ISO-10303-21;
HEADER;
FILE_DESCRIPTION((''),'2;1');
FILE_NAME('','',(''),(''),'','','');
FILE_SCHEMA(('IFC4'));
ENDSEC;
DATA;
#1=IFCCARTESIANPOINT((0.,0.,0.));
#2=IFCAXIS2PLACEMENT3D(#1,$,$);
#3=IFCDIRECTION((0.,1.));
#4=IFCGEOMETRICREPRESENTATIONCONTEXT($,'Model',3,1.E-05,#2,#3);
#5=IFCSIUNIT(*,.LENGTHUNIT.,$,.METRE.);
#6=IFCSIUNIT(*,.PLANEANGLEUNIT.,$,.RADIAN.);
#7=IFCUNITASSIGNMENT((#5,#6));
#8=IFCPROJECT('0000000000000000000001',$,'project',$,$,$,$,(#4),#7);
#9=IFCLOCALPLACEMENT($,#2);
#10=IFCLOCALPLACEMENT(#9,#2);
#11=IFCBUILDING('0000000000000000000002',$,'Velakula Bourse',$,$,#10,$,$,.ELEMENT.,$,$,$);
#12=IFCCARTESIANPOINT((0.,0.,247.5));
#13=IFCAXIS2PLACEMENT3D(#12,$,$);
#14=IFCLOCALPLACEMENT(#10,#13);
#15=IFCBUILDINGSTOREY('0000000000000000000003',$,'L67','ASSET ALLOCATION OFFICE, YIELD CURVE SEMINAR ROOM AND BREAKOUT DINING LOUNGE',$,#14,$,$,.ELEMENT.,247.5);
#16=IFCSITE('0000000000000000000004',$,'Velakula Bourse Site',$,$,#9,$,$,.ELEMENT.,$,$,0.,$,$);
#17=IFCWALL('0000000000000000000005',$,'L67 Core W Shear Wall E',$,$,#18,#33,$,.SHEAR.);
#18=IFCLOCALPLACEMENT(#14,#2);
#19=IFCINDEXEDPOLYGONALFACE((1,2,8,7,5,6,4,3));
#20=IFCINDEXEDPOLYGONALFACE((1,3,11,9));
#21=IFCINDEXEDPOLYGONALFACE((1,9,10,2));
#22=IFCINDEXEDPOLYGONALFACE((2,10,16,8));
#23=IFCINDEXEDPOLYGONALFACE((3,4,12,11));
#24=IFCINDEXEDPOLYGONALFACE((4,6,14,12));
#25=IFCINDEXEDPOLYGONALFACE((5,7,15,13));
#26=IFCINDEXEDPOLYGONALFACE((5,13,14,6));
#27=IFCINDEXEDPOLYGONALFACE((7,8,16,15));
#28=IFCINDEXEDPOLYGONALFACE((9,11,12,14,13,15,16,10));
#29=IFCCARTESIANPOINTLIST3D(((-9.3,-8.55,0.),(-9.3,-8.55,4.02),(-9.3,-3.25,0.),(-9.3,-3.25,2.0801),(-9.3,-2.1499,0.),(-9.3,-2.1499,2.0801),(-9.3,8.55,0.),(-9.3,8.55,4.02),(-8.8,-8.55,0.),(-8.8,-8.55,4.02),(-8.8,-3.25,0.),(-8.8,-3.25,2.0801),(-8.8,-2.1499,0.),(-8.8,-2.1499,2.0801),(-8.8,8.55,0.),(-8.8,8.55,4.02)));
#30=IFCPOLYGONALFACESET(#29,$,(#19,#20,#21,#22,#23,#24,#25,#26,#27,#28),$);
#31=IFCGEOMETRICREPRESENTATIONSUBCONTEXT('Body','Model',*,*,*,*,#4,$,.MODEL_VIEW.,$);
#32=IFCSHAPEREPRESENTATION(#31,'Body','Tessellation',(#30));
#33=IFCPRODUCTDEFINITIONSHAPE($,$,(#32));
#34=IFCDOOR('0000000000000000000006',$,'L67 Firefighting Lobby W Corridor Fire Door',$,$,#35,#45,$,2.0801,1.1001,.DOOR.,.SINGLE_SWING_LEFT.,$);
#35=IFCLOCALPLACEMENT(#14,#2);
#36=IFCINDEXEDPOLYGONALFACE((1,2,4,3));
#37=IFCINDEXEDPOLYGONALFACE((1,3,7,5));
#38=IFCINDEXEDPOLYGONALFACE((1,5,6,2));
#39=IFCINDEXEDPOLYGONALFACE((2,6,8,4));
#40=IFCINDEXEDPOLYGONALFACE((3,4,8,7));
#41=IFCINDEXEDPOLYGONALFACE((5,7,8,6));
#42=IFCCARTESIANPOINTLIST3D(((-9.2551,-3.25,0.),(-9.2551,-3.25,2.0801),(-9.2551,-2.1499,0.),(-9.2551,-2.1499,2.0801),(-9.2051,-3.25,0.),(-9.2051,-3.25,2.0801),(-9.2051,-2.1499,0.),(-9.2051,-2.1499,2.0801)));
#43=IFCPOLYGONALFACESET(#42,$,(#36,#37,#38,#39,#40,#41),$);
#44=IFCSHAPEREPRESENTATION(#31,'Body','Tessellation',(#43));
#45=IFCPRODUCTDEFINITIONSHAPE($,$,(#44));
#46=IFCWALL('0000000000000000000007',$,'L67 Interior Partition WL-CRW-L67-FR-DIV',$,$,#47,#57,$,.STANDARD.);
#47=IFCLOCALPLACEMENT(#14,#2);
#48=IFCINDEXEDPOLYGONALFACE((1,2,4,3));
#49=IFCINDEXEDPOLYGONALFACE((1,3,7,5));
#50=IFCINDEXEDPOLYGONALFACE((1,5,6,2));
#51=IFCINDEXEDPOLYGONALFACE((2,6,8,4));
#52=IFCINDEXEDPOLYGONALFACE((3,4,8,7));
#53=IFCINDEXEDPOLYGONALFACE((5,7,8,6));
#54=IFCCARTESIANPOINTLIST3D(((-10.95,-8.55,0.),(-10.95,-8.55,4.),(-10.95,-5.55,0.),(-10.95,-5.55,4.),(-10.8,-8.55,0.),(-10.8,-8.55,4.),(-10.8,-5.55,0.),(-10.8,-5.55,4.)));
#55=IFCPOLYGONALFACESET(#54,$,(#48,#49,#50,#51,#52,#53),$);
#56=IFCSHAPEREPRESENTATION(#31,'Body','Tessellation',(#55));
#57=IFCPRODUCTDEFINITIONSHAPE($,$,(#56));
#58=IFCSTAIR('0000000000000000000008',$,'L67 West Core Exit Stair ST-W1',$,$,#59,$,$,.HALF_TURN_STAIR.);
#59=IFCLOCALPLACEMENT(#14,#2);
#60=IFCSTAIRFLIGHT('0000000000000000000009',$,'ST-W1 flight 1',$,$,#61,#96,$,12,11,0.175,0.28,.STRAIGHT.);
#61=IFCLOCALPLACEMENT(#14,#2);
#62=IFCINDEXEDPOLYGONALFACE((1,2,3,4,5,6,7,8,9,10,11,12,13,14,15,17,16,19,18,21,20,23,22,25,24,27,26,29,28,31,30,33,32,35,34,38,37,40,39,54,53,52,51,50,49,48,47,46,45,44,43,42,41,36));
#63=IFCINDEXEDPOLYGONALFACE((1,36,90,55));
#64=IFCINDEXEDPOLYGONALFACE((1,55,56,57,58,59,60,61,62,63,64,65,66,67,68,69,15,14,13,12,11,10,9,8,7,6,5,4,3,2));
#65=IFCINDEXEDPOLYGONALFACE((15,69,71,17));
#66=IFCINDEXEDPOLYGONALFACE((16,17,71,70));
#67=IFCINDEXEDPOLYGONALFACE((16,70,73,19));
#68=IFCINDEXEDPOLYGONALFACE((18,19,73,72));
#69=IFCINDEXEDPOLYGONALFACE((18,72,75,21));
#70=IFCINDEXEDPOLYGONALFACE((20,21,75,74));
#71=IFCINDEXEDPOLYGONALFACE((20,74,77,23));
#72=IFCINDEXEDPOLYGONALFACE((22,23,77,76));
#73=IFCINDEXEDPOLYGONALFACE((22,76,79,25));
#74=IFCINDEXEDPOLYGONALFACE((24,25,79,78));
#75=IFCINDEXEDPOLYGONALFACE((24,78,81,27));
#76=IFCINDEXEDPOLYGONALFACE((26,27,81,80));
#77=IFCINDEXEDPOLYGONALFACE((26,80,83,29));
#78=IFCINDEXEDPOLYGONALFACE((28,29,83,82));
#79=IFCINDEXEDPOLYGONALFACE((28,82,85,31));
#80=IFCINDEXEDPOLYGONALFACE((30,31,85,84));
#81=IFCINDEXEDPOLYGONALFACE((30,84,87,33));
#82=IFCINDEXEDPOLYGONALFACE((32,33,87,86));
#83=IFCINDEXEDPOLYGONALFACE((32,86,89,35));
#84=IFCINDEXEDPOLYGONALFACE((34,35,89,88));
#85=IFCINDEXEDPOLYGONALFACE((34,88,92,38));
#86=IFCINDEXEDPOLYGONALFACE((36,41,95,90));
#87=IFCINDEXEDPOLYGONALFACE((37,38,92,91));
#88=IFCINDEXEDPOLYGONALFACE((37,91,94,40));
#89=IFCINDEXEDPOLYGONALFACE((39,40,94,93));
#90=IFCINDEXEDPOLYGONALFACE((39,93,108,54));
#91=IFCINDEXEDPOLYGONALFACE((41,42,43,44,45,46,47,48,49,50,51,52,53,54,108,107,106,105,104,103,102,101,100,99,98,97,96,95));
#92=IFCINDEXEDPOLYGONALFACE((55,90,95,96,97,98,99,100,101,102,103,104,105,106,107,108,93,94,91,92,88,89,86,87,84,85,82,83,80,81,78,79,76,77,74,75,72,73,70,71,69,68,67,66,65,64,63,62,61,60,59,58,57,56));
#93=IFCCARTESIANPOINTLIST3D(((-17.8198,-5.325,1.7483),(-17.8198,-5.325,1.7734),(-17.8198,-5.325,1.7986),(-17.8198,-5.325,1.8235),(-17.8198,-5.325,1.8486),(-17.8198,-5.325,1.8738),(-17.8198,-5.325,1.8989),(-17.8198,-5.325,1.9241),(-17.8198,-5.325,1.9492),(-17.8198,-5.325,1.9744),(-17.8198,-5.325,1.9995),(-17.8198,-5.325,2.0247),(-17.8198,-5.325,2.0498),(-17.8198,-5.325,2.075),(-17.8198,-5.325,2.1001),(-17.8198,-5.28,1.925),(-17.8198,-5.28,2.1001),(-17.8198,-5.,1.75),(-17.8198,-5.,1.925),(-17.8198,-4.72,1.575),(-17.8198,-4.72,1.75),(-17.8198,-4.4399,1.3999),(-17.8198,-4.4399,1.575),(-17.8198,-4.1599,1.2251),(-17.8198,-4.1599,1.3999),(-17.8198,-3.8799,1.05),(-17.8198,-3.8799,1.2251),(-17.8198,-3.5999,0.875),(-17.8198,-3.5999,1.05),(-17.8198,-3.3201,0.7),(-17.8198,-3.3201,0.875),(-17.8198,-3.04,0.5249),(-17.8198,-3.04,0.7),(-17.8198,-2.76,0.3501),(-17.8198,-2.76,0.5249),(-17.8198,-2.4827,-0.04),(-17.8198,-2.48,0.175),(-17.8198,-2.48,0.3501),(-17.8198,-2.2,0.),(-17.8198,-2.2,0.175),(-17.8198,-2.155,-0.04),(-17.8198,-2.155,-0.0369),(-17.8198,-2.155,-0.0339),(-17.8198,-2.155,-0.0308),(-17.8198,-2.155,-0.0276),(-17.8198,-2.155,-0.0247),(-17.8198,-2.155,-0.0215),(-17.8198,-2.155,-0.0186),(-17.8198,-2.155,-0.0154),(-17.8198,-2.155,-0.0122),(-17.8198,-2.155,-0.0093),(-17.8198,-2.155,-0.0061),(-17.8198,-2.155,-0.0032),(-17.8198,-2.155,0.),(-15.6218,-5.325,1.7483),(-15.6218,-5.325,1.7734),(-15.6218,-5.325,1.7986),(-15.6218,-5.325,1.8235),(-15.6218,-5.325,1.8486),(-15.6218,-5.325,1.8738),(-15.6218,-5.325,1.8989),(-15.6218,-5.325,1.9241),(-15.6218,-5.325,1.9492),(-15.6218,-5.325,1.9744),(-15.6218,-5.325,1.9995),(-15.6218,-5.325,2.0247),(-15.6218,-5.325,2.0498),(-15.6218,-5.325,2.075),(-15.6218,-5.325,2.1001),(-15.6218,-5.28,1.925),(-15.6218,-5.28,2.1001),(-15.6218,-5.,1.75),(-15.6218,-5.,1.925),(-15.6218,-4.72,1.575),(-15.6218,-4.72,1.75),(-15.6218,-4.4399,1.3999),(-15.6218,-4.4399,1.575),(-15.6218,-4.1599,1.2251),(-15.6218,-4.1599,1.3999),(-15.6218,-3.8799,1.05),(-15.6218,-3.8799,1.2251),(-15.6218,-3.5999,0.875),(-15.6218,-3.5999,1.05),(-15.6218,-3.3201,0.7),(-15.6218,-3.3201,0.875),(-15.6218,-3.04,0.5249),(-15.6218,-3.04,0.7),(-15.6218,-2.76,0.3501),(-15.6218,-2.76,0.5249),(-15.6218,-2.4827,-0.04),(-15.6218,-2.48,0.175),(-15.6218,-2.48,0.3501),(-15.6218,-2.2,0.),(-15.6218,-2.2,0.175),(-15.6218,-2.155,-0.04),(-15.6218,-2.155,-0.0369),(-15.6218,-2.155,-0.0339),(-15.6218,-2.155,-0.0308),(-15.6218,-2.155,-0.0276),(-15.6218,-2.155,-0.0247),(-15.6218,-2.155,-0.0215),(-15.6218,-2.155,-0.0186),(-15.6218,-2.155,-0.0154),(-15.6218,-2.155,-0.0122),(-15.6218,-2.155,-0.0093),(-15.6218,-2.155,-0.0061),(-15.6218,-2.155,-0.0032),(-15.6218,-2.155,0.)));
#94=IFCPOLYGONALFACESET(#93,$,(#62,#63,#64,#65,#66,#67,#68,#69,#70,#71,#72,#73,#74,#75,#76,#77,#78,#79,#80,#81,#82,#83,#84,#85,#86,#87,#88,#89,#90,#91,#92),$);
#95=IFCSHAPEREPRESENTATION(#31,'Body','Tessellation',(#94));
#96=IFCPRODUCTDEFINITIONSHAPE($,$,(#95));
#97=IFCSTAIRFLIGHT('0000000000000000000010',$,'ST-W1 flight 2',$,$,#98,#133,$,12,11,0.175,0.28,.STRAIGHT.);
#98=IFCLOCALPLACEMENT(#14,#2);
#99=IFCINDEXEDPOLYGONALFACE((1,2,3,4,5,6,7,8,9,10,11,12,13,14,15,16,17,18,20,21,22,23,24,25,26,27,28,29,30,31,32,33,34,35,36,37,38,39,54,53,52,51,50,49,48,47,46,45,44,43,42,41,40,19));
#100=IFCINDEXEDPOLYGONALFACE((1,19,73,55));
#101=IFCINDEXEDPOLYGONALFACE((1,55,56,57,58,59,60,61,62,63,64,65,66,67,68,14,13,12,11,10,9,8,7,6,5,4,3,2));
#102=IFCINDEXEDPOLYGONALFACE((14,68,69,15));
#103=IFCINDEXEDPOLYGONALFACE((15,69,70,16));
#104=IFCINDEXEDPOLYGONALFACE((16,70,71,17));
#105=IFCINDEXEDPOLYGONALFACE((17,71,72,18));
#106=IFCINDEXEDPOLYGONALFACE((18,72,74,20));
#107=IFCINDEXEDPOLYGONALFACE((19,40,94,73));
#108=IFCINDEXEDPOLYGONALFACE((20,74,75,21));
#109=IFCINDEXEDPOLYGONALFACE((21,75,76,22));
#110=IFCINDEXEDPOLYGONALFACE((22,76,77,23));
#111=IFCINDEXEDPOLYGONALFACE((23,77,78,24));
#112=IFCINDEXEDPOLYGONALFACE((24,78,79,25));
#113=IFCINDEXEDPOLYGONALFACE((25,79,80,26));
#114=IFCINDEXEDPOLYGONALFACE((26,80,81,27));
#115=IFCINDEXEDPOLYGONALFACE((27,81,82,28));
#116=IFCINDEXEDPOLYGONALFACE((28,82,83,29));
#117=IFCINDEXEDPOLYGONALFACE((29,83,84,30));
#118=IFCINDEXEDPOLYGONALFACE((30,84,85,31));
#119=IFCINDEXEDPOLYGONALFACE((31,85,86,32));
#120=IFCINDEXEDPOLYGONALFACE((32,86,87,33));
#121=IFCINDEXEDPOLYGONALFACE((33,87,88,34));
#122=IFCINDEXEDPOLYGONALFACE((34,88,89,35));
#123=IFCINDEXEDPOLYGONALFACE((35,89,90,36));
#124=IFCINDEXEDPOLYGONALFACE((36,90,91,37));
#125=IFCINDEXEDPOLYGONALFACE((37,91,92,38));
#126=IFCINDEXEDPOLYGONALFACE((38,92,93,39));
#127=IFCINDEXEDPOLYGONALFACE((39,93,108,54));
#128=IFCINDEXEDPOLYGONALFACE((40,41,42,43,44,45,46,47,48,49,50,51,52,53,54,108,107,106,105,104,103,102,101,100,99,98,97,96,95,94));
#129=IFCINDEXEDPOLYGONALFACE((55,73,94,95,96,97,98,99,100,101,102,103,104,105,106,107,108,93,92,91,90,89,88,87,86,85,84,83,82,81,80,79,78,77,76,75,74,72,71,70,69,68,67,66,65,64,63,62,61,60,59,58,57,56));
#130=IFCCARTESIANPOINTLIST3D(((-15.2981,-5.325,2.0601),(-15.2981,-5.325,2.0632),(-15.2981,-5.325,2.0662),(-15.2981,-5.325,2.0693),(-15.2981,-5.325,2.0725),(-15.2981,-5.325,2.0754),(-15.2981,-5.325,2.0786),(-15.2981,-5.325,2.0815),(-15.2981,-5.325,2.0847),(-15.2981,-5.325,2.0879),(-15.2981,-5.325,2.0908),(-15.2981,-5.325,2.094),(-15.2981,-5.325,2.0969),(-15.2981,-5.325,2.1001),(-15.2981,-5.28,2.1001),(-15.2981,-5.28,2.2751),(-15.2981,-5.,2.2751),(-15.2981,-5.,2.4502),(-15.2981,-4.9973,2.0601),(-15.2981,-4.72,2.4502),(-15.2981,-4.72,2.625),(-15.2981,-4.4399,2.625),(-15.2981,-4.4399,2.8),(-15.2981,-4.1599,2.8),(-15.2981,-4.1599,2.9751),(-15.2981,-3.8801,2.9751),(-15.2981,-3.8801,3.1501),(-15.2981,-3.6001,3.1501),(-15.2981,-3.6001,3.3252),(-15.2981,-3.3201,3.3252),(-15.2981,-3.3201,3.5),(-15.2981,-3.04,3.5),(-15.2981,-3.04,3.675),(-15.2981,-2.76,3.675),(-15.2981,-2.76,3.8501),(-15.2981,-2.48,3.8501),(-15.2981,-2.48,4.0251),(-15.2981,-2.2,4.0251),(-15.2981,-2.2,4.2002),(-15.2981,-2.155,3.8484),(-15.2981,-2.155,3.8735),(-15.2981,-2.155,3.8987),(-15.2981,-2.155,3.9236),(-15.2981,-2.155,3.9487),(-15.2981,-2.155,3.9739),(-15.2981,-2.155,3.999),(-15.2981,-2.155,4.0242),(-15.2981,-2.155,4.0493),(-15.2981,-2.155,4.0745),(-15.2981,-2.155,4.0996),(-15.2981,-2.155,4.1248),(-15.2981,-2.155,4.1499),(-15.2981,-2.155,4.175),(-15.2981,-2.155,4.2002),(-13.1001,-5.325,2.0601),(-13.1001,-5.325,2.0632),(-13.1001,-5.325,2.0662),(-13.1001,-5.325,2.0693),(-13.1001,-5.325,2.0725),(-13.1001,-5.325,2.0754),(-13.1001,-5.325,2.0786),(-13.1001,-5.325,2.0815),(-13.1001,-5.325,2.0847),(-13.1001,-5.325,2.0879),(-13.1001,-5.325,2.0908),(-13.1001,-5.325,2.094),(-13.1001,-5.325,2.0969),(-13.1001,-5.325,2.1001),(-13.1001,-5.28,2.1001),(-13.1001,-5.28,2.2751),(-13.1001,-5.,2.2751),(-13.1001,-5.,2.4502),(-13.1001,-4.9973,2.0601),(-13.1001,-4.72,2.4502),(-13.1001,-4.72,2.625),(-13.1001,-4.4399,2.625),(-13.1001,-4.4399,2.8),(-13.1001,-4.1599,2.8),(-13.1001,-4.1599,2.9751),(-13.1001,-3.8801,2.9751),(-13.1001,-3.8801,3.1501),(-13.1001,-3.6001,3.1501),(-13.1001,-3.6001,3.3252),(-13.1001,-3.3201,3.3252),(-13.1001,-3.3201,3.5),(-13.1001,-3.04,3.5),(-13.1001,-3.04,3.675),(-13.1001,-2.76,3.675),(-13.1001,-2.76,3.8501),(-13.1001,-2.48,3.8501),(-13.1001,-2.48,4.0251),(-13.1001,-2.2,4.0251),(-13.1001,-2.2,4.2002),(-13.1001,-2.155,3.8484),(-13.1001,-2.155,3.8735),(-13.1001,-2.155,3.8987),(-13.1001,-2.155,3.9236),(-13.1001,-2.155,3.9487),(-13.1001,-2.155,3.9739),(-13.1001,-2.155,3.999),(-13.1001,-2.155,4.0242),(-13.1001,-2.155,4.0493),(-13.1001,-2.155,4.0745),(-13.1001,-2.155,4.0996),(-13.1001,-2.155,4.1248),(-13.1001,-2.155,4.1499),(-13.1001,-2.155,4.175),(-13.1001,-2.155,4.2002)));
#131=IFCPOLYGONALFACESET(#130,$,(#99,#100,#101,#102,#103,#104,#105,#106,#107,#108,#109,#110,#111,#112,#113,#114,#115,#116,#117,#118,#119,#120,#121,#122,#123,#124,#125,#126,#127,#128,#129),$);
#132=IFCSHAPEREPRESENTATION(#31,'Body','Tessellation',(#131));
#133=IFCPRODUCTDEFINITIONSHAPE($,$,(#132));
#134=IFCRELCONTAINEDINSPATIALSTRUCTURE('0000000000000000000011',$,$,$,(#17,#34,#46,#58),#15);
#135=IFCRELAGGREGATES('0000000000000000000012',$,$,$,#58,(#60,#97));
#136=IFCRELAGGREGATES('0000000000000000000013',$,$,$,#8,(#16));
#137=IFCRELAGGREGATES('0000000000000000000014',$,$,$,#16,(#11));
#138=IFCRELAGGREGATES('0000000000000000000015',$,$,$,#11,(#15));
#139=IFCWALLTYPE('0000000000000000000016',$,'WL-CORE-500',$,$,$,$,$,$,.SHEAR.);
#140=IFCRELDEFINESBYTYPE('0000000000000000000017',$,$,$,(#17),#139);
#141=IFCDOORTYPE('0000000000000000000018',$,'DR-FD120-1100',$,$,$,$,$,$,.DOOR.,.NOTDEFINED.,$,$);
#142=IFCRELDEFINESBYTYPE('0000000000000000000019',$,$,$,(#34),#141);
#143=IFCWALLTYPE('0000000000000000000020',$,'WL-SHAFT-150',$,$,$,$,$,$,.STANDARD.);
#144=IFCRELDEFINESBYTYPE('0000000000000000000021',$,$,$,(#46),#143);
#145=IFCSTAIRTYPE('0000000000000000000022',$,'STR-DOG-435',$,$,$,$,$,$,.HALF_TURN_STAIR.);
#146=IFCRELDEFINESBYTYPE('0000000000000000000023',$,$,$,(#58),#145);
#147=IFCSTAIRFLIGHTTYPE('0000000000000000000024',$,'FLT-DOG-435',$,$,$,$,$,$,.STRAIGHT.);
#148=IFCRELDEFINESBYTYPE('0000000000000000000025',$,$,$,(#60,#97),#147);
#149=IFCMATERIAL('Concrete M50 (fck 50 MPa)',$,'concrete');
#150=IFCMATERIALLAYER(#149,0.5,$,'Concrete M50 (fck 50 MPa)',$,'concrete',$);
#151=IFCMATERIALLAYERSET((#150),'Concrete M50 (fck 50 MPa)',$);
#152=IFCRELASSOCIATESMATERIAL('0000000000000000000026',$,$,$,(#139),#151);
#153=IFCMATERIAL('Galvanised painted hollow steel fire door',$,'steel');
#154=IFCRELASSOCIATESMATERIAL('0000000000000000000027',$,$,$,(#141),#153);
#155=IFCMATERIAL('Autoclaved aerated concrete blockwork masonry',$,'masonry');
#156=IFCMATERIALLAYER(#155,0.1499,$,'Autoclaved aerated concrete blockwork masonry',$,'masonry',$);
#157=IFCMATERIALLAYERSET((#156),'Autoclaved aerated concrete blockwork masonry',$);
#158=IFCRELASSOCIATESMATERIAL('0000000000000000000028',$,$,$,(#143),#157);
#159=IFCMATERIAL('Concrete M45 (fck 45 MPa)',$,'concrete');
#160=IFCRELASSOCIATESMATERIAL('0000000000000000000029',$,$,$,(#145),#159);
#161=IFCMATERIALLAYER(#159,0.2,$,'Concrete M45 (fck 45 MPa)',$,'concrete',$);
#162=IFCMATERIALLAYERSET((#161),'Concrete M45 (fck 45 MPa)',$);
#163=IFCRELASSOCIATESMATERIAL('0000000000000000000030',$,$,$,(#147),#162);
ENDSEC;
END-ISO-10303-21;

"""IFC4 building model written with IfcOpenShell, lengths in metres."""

from ifc_helpers import new_model, si_unit, direction, frame, frame_2d, origin, place, context, subcontext, project, spatial, polyline, rectangle, outline, extrude, material, layer, layer_set, type_object, element, fill, aggregate, save


model = new_model("IFC4")

# Units and contexts
model_context = context("Model", 3, precision=1e-05, world=origin(), true_north=direction((0.0, 1.0)))
body_context = subcontext(model_context, "Body", "Model", "MODEL_VIEW")
ifc_project = project(units=[si_unit("LENGTHUNIT", "METRE"), si_unit("PLANEANGLEUNIT", "RADIAN")], contexts=[model_context])

# Site, building, storey
site_placement = place(None, origin())
site = spatial("IfcSite", under=ifc_project, at=site_placement, Name="Velakula Bourse Site", CompositionType="ELEMENT", RefElevation=0.0)
building_placement = place(site_placement, origin())
building = spatial("IfcBuilding", under=site, at=building_placement, Name="Velakula Bourse", CompositionType="ELEMENT")
storey_placement = place(building_placement, frame((0.0, 0.0, 247.5)))
storey = spatial("IfcBuildingStorey", under=building, at=storey_placement, Name="L67", Description="ASSET ALLOCATION OFFICE, YIELD CURVE SEMINAR ROOM AND BREAKOUT DINING LOUNGE", CompositionType="ELEMENT", Elevation=247.5)

# Shared definitions
ifc_material_1 = material(Name="Concrete M50 (fck 50 MPa)", Category="concrete")

# Shared definitions
ifc_material_2 = material(Name="Galvanised painted hollow steel fire door", Category="steel")

# Wall, opening, door
ifc_layer_1 = layer(ifc_material_1, 0.5, Name="Concrete M50 (fck 50 MPa)", Category="concrete")
ifc_layer_set_1 = layer_set([ifc_layer_1], Name="Concrete M50 (fck 50 MPa)")
wall_type_1 = type_object("IfcWallType", Name="WL-CORE-500", PredefinedType="SHEAR", material=ifc_layer_set_1)
wall_1_placement = place(storey_placement, frame((-9.05, -8.55, 0.0), z_axis=(0.0, 0.0, 1.0), x_axis=(0.0, 1.0, 0.0)))
wall_1 = element("IfcWall", 1, at=wall_1_placement, inside=storey, type_object=wall_type_1, Name="L67 Core W Shear Wall E", PredefinedType="SHEAR", context=body_context, shape_type="SweptSolid", body=[
    extrude(rectangle(XDim=17.1001, YDim=0.5, at=frame_2d((8.55, 0.0))), origin(), (0.0, 0.0, 1.0), 4.02),
])
opening_1_placement = place(wall_1_placement, frame((5.3, 0.0, 0.0)))
opening_1 = element("IfcOpeningElement", 2, at=opening_1_placement, cuts=wall_1, PredefinedType="OPENING", context=body_context, shape_type="SweptSolid", body=[
    extrude(rectangle(XDim=1.1001, YDim=2.0801, at=frame_2d((0.55, 1.04))), frame((0.0, 0.26, 0.0), z_axis=(0.0, -1.0, 0.0), x_axis=(1.0, 0.0, 0.0)), (0.0, 0.0, 1.0), 0.52),
])
door_type_1 = type_object("IfcDoorType", Name="DR-FD120-1100", OperationType="NOTDEFINED", PredefinedType="DOOR", material=ifc_material_2)
door_1_placement = place(opening_1_placement, origin())
door_1 = element("IfcDoor", 3, at=door_1_placement, inside=storey, type_object=door_type_1, Name="L67 Firefighting Lobby W Corridor Fire Door", OperationType="SINGLE_SWING_LEFT", OverallHeight=2.0801, OverallWidth=1.1001, PredefinedType="DOOR", context=body_context, shape_type="SweptSolid", body=[
    extrude(rectangle(XDim=1.1001, YDim=2.0801, at=frame_2d((0.55, 1.04))), frame((0.0, 0.2051, 0.0), z_axis=(0.0, -1.0, 0.0), x_axis=(1.0, 0.0, 0.0)), (0.0, 0.0, 1.0), 0.05),
])
fill(opening_1, door_1)

# Shared definitions
ifc_material_3 = material(Name="Autoclaved aerated concrete blockwork masonry", Category="masonry")
ifc_layer_2 = layer(ifc_material_3, 0.1499, Name="Autoclaved aerated concrete blockwork masonry", Category="masonry")
ifc_layer_set_2 = layer_set([ifc_layer_2], Name="Autoclaved aerated concrete blockwork masonry")
wall_type_2 = type_object("IfcWallType", Name="WL-SHAFT-150", PredefinedType="STANDARD", material=ifc_layer_set_2)

# Wall
wall_2_placement = place(storey_placement, frame((-10.875, -8.55, 0.0), z_axis=(0.0, 0.0, 1.0), x_axis=(0.0, 1.0, 0.0)))
element("IfcWall", 4, at=wall_2_placement, inside=storey, type_object=wall_type_2, Name="L67 Interior Partition WL-CRW-L67-FR-DIV", PredefinedType="STANDARD", context=body_context, shape_type="SweptSolid", body=[
    extrude(rectangle(XDim=3.0, YDim=0.1499, at=frame_2d((1.5, 0.0))), origin(), (0.0, 0.0, 1.0), 4.0),
])

# Stair, stair flights
ifc_material_4 = material(Name="Concrete M45 (fck 45 MPa)", Category="concrete")
stair_type = type_object("IfcStairType", Name="STR-DOG-435", PredefinedType="HALF_TURN_STAIR", material=ifc_material_4)
stair_placement = place(storey_placement, origin())
stair = element("IfcStair", 5, at=stair_placement, inside=storey, type_object=stair_type, Name="L67 West Core Exit Stair ST-W1", PredefinedType="HALF_TURN_STAIR")
ifc_layer_3 = layer(ifc_material_4, 0.2, Name="Concrete M45 (fck 45 MPa)", Category="concrete")
ifc_layer_set_3 = layer_set([ifc_layer_3], Name="Concrete M45 (fck 45 MPa)")
stair_flight_type = type_object("IfcStairFlightType", Name="FLT-DOG-435", PredefinedType="STRAIGHT", material=ifc_layer_set_3)
stair_flight_1_placement = place(storey_placement, frame((-16.7209, -2.2, 0.0), z_axis=(0.0, 0.0, 1.0), x_axis=(0.0, -1.0, 0.0)))
stair_flight_1 = element("IfcStairFlight", 6, at=stair_flight_1_placement, type_object=stair_flight_type, Name="ST-W1 flight 1", NumberOfRisers=12, NumberOfTreads=11, PredefinedType="STRAIGHT", RiserHeight=0.175, TreadLength=0.28, context=body_context, shape_type="SweptSolid", body=[
    extrude(outline(polyline([(-0.0449, -0.04), (-0.0449, -0.0369), (-0.0449, -0.0339), (-0.0449, -0.0308), (-0.0449, -0.0276), (-0.0449, -0.0247), (-0.0449, -0.0215), (-0.0449, -0.0186), (-0.0449, -0.0154), (-0.0449, -0.0122), (-0.0449, -0.0093), (-0.0449, -0.0061), (-0.0449, -0.0032), (-0.0449, 0.0), (0.0, 0.0), (0.0, 0.175), (0.28, 0.175), (0.28, 0.3501), (0.5601, 0.3501), (0.5601, 0.5249), (0.8401, 0.5249), (0.8401, 0.7), (1.1201, 0.7), (1.1201, 0.875), (1.3999, 0.875), (1.3999, 1.05), (1.6799, 1.05), (1.6799, 1.2251), (1.96, 1.2251), (1.96, 1.3999), (2.24, 1.3999), (2.24, 1.575), (2.52, 1.575), (2.52, 1.75), (2.8, 1.75), (2.8, 1.925), (3.0801, 1.925), (3.0801, 2.1001), (3.125, 2.1001), (3.125, 2.075), (3.125, 2.0498), (3.125, 2.0247), (3.125, 1.9995), (3.125, 1.9744), (3.125, 1.9492), (3.125, 1.9241), (3.125, 1.8989), (3.125, 1.8738), (3.125, 1.8486), (3.125, 1.8235), (3.125, 1.7986), (3.125, 1.7734), (3.125, 1.7483), (0.2827, -0.04), (-0.0449, -0.04)])), frame((0.0, 1.0991, 0.0), z_axis=(0.0, -1.0, 0.0), x_axis=(1.0, 0.0, 0.0)), (0.0, 0.0, 1.0), 2.198),
])
stair_flight_2_placement = place(storey_placement, frame((-14.199, -5.28, 2.1001), z_axis=(0.0, 0.0, 1.0), x_axis=(0.0, 1.0, 0.0)))
stair_flight_2 = element("IfcStairFlight", 7, at=stair_flight_2_placement, type_object=stair_flight_type, Name="ST-W1 flight 2", NumberOfRisers=12, NumberOfTreads=11, PredefinedType="STRAIGHT", RiserHeight=0.175, TreadLength=0.28, context=body_context, shape_type="SweptSolid", body=[
    extrude(outline(polyline([(-0.0449, -0.04), (-0.0449, -0.0369), (-0.0449, -0.0339), (-0.0449, -0.0308), (-0.0449, -0.0276), (-0.0449, -0.0247), (-0.0449, -0.0215), (-0.0449, -0.0186), (-0.0449, -0.0154), (-0.0449, -0.0122), (-0.0449, -0.0093), (-0.0449, -0.0061), (-0.0449, -0.0032), (-0.0449, 0.0), (0.0, 0.0), (0.0, 0.175), (0.28, 0.175), (0.28, 0.3501), (0.5601, 0.3501), (0.5601, 0.5249), (0.8401, 0.5249), (0.8401, 0.7), (1.1201, 0.7), (1.1201, 0.875), (1.3999, 0.875), (1.3999, 1.05), (1.6799, 1.05), (1.6799, 1.2251), (1.96, 1.2251), (1.96, 1.3999), (2.24, 1.3999), (2.24, 1.575), (2.52, 1.575), (2.52, 1.75), (2.8, 1.75), (2.8, 1.925), (3.0801, 1.925), (3.0801, 2.1001), (3.125, 2.1001), (3.125, 2.075), (3.125, 2.0498), (3.125, 2.0247), (3.125, 1.9995), (3.125, 1.9744), (3.125, 1.9492), (3.125, 1.9241), (3.125, 1.8989), (3.125, 1.8738), (3.125, 1.8486), (3.125, 1.8235), (3.125, 1.7986), (3.125, 1.7734), (3.125, 1.7483), (0.2827, -0.04), (-0.0449, -0.04)])), frame((0.0, 1.0991, 0.0), z_axis=(0.0, -1.0, 0.0), x_axis=(1.0, 0.0, 0.0)), (0.0, 0.0, 1.0), 2.198),
])
aggregate(stair, [stair_flight_1, stair_flight_2])

save(model, "model.ifc")
